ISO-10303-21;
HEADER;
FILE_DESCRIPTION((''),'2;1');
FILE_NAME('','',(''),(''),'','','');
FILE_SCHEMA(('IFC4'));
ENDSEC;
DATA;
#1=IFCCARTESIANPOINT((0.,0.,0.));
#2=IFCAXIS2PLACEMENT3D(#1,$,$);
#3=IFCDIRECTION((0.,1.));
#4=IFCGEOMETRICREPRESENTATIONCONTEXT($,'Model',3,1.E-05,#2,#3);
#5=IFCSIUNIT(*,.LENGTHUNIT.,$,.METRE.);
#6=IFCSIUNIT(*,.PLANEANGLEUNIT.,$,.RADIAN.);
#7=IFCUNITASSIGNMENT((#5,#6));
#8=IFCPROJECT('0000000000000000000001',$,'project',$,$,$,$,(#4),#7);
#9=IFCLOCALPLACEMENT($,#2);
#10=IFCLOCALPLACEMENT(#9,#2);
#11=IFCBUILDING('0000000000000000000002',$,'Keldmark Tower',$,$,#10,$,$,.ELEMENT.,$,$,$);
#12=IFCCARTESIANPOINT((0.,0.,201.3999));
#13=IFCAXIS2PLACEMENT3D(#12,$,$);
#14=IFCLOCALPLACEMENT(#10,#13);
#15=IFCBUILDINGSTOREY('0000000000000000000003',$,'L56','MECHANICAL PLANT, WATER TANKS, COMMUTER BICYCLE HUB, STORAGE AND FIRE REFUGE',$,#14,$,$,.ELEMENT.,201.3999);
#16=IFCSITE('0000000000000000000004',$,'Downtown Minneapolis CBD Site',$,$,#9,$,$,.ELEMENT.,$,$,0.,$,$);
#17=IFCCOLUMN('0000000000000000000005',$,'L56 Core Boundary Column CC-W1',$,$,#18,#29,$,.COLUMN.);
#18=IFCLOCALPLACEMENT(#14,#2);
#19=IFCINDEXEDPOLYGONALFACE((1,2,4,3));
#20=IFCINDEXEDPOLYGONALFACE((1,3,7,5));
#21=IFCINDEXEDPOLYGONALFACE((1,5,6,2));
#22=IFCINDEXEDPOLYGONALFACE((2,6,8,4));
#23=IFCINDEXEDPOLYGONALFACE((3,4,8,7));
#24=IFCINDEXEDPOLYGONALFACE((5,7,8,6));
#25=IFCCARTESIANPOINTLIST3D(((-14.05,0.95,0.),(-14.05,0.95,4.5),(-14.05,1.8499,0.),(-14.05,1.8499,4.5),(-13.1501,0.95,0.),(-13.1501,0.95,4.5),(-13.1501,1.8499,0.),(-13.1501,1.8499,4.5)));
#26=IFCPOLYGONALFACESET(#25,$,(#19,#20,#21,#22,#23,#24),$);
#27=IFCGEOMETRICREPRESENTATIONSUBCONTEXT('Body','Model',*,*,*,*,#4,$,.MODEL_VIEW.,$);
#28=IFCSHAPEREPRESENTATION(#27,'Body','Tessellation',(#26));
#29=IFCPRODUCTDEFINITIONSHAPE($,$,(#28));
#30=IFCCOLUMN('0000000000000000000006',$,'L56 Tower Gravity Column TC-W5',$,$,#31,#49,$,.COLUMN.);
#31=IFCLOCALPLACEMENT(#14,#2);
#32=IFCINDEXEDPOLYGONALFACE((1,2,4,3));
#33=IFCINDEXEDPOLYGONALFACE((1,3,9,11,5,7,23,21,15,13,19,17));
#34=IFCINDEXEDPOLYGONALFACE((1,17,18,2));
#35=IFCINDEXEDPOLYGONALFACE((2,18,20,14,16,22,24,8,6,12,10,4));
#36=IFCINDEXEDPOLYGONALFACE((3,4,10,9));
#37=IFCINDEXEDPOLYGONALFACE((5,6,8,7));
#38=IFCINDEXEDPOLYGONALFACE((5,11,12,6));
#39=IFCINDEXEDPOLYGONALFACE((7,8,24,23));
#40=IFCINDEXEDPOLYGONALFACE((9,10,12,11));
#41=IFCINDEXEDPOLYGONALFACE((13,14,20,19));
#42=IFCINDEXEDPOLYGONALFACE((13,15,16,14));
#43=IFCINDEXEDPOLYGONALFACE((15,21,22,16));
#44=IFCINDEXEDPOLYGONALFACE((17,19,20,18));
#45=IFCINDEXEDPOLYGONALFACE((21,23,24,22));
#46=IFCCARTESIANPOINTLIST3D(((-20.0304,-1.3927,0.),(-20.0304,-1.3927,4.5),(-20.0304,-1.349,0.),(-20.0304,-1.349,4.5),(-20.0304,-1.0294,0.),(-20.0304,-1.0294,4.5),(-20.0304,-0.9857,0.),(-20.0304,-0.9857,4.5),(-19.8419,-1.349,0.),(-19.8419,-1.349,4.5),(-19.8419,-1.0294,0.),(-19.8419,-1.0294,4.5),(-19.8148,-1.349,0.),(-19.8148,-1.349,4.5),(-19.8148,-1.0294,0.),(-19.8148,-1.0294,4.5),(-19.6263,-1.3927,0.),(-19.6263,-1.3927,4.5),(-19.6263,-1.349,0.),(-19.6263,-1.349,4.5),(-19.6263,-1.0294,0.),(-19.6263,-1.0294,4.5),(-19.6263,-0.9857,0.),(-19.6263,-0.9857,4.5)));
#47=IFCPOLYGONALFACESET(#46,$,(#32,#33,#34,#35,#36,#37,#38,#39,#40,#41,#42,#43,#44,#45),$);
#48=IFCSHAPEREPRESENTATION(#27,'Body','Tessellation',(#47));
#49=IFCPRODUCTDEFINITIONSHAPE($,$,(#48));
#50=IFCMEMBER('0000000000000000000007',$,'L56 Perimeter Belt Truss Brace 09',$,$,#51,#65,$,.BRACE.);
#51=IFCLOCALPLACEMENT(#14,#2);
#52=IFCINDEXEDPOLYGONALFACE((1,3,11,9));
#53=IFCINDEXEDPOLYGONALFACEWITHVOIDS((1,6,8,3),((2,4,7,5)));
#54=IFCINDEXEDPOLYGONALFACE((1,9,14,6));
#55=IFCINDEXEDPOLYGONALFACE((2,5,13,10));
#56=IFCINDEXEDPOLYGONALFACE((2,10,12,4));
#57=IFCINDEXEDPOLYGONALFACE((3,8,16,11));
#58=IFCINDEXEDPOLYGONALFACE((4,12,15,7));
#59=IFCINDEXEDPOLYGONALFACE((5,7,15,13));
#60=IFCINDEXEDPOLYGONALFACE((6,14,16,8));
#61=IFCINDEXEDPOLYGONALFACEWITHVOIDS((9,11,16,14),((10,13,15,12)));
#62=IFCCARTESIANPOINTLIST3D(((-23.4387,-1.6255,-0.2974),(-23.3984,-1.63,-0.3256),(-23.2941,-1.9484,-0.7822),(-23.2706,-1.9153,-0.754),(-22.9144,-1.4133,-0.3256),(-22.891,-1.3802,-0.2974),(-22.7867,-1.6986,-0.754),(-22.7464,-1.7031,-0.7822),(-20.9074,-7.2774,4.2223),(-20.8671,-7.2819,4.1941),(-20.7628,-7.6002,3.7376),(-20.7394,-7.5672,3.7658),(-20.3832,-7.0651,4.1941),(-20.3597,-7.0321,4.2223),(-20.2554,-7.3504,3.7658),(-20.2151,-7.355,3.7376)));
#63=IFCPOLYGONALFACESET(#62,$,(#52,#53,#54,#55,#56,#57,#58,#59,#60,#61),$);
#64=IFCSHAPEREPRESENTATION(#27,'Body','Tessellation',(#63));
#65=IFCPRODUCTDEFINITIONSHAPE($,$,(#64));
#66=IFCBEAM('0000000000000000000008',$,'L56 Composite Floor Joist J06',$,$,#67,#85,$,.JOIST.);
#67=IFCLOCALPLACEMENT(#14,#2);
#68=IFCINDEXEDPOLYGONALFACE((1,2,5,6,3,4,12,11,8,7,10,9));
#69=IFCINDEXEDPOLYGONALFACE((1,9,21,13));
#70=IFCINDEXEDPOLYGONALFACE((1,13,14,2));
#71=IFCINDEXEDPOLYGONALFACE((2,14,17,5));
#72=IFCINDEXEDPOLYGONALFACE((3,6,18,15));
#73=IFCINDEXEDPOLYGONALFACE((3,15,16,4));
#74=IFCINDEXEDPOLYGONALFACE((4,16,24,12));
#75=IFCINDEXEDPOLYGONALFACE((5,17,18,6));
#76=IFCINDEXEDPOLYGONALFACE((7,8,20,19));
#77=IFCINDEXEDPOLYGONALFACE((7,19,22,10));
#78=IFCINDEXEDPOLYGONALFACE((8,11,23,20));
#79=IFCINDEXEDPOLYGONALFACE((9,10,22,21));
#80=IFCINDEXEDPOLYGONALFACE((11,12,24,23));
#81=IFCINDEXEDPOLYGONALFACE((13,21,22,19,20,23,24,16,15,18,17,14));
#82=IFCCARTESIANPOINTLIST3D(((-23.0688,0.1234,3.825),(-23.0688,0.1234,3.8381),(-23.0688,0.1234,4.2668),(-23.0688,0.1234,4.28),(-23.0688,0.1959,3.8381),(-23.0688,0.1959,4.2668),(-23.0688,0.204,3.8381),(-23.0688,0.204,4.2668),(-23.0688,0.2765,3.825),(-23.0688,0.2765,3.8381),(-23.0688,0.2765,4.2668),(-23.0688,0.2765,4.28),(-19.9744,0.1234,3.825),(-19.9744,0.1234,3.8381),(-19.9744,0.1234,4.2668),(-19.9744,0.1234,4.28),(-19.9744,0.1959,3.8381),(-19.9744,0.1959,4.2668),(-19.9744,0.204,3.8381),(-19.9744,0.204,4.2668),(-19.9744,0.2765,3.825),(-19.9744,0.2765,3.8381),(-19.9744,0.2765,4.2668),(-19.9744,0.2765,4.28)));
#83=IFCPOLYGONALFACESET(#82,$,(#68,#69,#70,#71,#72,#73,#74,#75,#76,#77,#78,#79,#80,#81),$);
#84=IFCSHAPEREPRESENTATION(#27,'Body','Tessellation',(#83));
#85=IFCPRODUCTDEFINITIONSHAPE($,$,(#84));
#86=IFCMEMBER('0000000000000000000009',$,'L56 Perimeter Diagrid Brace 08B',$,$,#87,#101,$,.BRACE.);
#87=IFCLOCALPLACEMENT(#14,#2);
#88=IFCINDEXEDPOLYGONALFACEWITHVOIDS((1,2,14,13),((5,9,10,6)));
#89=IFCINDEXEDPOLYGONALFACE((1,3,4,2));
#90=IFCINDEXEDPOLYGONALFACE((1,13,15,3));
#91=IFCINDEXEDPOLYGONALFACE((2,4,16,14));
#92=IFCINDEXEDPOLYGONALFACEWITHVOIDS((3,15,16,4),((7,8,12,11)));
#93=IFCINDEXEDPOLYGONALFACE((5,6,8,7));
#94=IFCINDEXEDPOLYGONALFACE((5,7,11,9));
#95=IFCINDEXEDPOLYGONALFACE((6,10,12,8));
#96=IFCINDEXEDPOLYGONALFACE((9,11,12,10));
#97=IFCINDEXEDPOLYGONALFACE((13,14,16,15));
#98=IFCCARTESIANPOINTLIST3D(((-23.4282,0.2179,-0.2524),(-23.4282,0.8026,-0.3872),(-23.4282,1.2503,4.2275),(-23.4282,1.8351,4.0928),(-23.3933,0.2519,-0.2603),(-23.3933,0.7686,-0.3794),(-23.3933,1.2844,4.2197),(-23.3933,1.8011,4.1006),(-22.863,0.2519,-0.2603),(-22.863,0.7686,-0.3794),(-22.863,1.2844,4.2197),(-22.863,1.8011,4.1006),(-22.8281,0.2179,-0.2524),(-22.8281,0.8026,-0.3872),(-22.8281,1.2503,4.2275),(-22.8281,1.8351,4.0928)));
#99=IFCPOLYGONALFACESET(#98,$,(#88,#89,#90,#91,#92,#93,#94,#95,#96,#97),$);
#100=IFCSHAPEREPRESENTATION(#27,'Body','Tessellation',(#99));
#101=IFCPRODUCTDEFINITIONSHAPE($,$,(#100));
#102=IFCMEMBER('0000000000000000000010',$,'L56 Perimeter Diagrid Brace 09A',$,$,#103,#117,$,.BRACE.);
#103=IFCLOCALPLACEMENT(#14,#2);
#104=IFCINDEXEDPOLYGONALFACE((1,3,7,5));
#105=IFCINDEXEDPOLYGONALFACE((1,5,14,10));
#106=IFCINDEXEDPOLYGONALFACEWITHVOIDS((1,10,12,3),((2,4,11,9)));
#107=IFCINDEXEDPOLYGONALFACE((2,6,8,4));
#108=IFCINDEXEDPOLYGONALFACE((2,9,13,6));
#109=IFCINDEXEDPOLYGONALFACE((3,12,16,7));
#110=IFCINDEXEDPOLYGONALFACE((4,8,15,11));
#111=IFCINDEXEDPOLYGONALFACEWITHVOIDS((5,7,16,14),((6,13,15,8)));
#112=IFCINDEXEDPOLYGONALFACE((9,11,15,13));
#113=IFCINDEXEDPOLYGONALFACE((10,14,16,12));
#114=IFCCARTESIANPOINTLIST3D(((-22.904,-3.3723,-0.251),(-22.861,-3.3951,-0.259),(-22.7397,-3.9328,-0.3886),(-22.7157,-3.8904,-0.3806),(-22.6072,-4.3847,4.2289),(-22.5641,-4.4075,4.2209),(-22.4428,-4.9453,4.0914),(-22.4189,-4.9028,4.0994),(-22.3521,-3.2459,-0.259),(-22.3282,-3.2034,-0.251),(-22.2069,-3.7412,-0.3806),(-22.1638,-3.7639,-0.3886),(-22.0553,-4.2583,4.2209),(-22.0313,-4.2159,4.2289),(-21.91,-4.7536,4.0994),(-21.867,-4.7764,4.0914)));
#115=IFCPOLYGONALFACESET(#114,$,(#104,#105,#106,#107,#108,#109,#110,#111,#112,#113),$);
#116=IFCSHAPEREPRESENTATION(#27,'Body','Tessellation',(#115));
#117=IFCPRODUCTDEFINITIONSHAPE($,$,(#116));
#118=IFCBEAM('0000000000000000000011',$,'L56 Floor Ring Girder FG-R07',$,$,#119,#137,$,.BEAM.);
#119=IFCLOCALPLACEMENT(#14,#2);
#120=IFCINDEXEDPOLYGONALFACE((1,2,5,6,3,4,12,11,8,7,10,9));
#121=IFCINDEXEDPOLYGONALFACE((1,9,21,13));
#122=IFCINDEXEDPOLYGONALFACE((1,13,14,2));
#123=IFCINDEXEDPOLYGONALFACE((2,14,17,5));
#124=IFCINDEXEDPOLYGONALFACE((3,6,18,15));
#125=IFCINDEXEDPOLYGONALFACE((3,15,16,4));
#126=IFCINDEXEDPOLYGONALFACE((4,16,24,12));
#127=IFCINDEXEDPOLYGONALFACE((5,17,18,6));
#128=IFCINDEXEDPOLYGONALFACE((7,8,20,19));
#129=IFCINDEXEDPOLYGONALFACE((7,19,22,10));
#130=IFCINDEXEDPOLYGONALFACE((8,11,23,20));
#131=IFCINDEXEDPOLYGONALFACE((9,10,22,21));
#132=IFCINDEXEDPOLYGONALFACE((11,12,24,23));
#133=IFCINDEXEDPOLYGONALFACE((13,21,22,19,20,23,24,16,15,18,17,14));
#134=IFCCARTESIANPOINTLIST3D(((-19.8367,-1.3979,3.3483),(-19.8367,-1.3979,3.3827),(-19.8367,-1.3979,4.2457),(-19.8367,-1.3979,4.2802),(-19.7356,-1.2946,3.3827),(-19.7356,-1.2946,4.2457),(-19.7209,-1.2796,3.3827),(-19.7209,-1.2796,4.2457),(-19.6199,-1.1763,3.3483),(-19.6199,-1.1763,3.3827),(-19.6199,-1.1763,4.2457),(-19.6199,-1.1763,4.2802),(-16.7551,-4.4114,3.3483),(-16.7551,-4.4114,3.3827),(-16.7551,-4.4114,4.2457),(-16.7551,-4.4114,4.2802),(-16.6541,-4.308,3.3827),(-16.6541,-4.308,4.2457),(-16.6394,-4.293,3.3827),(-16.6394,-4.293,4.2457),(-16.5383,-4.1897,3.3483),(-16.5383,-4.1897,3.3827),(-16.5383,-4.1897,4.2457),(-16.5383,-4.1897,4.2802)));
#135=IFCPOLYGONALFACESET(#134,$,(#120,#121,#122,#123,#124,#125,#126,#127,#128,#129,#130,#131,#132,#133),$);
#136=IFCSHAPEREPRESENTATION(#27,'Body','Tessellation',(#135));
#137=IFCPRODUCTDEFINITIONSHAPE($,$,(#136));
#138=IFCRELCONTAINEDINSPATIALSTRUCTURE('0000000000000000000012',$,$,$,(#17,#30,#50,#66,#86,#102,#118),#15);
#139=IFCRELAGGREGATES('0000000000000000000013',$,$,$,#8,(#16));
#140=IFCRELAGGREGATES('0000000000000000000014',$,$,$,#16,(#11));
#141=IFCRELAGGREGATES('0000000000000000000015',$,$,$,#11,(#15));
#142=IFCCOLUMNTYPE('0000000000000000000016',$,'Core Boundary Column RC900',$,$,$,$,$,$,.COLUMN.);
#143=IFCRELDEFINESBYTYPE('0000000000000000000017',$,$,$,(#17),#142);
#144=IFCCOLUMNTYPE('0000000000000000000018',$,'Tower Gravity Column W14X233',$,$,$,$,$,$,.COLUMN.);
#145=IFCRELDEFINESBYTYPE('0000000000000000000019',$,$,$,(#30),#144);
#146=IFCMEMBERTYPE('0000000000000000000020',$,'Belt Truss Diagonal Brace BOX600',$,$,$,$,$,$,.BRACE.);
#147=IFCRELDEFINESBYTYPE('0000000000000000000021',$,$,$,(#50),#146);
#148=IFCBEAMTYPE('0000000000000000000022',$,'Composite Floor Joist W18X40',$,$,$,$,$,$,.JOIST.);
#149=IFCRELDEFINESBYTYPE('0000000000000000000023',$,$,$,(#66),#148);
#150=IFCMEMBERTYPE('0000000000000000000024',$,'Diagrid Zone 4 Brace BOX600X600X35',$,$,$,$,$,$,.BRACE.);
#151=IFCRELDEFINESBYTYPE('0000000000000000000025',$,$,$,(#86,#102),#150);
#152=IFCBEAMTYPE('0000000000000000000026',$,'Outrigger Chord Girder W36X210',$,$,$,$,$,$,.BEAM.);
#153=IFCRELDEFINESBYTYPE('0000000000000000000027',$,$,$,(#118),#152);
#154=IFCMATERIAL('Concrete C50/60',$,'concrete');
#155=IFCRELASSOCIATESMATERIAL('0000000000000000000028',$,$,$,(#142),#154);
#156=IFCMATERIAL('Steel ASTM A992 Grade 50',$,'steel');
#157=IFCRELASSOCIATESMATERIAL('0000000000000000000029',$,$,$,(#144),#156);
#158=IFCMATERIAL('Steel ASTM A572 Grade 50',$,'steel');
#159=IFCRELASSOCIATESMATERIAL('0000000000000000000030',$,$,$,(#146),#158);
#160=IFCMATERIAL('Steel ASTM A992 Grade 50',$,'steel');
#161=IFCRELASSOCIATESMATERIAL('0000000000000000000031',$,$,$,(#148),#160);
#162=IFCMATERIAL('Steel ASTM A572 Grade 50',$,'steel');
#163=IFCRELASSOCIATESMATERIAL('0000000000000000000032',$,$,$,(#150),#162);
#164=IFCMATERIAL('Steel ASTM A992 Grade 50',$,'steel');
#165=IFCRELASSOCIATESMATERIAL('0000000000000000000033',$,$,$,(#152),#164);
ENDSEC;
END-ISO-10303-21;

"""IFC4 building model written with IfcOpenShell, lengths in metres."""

from ifc_helpers import new_model, si_unit, direction, frame, origin, origin_2d, place, context, subcontext, project, spatial, rectangle, hollow_rectangle, i_section, extrude, material, material_profile, profile_set, type_object, element, save


model = new_model("IFC4")

# Units and contexts
model_context = context("Model", 3, precision=1e-05, world=origin(), true_north=direction((0.0, 1.0)))
body_context = subcontext(model_context, "Body", "Model", "MODEL_VIEW")
ifc_project = project(units=[si_unit("LENGTHUNIT", "METRE"), si_unit("PLANEANGLEUNIT", "RADIAN")], contexts=[model_context])

# Site, building, storey
site_placement = place(None, origin())
site = spatial("IfcSite", under=ifc_project, at=site_placement, Name="Downtown Minneapolis CBD Site", CompositionType="ELEMENT", RefElevation=0.0)
building_placement = place(site_placement, origin())
building = spatial("IfcBuilding", under=site, at=building_placement, Name="Keldmark Tower", CompositionType="ELEMENT")
storey_placement = place(building_placement, frame((0.0, 0.0, 201.3999)))
storey = spatial("IfcBuildingStorey", under=building, at=storey_placement, Name="L56", Description="MECHANICAL PLANT, WATER TANKS, COMMUTER BICYCLE HUB, STORAGE AND FIRE REFUGE", CompositionType="ELEMENT", Elevation=201.3999)

# Columns
ifc_material_1 = material(Name="Concrete C50/60", Category="concrete")
ifc_material_profile_1 = material_profile(ifc_material_1, rectangle(XDim=0.8999, YDim=0.8999, at=origin_2d()), Name="RC900X900")
ifc_profile_set_1 = profile_set([ifc_material_profile_1], Name="Concrete C50/60")
column_type_1 = type_object("IfcColumnType", Name="Core Boundary Column RC900", PredefinedType="COLUMN", material=ifc_profile_set_1)
column_1_placement = place(storey_placement, frame((-13.6001, 1.3999, 0.0), z_axis=(0.0, 0.0, 1.0), x_axis=(1.0, 0.0, 0.0)))
element("IfcColumn", 1, at=column_1_placement, inside=storey, type_object=column_type_1, Name="L56 Core Boundary Column CC-W1", PredefinedType="COLUMN", context=body_context, shape_type="SweptSolid", body=[
    extrude(rectangle(XDim=0.8999, YDim=0.8999, at=origin_2d()), origin(), (0.0, 0.0, 1.0), 4.5),
])
ifc_material_2 = material(Name="Steel ASTM A992 Grade 50", Category="steel")
ifc_material_profile_2 = material_profile(ifc_material_2, i_section(OverallWidth=0.4041, OverallDepth=0.407, WebThickness=0.0271, FlangeThickness=0.0437, at=origin_2d()), Name="W14X233")
ifc_profile_set_2 = profile_set([ifc_material_profile_2], Name="Steel ASTM A992 Grade 50")
column_type_2 = type_object("IfcColumnType", Name="Tower Gravity Column W14X233", PredefinedType="COLUMN", material=ifc_profile_set_2)
column_2_placement = place(storey_placement, frame((-19.8284, -1.1892, 0.0), z_axis=(0.0, 0.0, 1.0), x_axis=(1.0, 0.0, 0.0)))
element("IfcColumn", 2, at=column_2_placement, inside=storey, type_object=column_type_2, Name="L56 Tower Gravity Column TC-W5", PredefinedType="COLUMN", context=body_context, shape_type="SweptSolid", body=[
    extrude(i_section(OverallWidth=0.4041, OverallDepth=0.407, WebThickness=0.0271, FlangeThickness=0.0437, at=origin_2d()), origin(), (0.0, 0.0, 1.0), 4.5),
])

# Member
ifc_material_3 = material(Name="Steel ASTM A572 Grade 50", Category="steel")
ifc_material_profile_3 = material_profile(ifc_material_3, hollow_rectangle(XDim=0.6001, YDim=0.6001, WallThickness=0.0349, at=origin_2d()), Name="BOX600X600X35")
ifc_profile_set_3 = profile_set([ifc_material_profile_3], Name="Steel ASTM A572 Grade 50")
member_type_1 = type_object("IfcMemberType", Name="Belt Truss Diagonal Brace BOX600", PredefinedType="BRACE", material=ifc_profile_set_3)
member_1_placement = place(storey_placement, frame((-23.0925, -1.6643, -0.5398), z_axis=(0.330159, -0.73719, 0.589529), x_axis=(0.91265, 0.408741, 0.0)))
element("IfcMember", 3, at=member_1_placement, inside=storey, type_object=member_type_1, Name="L56 Perimeter Belt Truss Brace 09", PredefinedType="BRACE", context=body_context, shape_type="SweptSolid", body=[
    extrude(hollow_rectangle(XDim=0.6001, YDim=0.6001, WallThickness=0.0349, at=origin_2d()), origin(), (0.0, 0.0, 1.0), 7.6667),
])

# Beam
ifc_material_4 = material(Name="Steel ASTM A992 Grade 50", Category="steel")
ifc_material_profile_4 = material_profile(ifc_material_4, i_section(OverallWidth=0.1531, OverallDepth=0.4551, WebThickness=0.0081, FlangeThickness=0.0132, at=origin_2d()), Name="W18X40")
ifc_profile_set_4 = profile_set([ifc_material_profile_4], Name="Steel ASTM A992 Grade 50")
beam_type_1 = type_object("IfcBeamType", Name="Composite Floor Joist W18X40", PredefinedType="JOIST", material=ifc_profile_set_4)
beam_1_placement = place(storey_placement, frame((-23.0688, 0.2, 4.0525), z_axis=(1.0, 0.0, 0.0), x_axis=(0.0, 1.0, 0.0)))
element("IfcBeam", 4, at=beam_1_placement, inside=storey, type_object=beam_type_1, Name="L56 Composite Floor Joist J06", PredefinedType="JOIST", context=body_context, shape_type="SweptSolid", body=[
    extrude(i_section(OverallWidth=0.1531, OverallDepth=0.4551, WebThickness=0.0081, FlangeThickness=0.0132, at=origin_2d()), origin(), (0.0, 0.0, 1.0), 3.0945),
])

# Members
ifc_material_5 = material(Name="Steel ASTM A572 Grade 50", Category="steel")
ifc_material_profile_5 = material_profile(ifc_material_5, hollow_rectangle(XDim=0.6001, YDim=0.6001, WallThickness=0.0349, at=origin_2d()), Name="BOX600X600X35")
ifc_profile_set_5 = profile_set([ifc_material_profile_5], Name="Steel ASTM A572 Grade 50")
member_type_2 = type_object("IfcMemberType", Name="Diagrid Zone 4 Brace BOX600X600X35", PredefinedType="BRACE", material=ifc_profile_set_5)
member_2_placement = place(storey_placement, frame((-23.1282, 0.5103, -0.3198), z_axis=(0.0, 0.224576, 0.974456), x_axis=(-1.0, 0.0, 0.0)))
element("IfcMember", 5, at=member_2_placement, inside=storey, type_object=member_type_2, Name="L56 Perimeter Diagrid Brace 08B", PredefinedType="BRACE", context=body_context, shape_type="SweptSolid", body=[
    extrude(hollow_rectangle(XDim=0.6001, YDim=0.6001, WallThickness=0.0349, at=origin_2d()), origin(), (0.0, 0.0, 1.0), 4.5974),
])
member_3_placement = place(storey_placement, frame((-22.5339, -3.5681, -0.3198), z_axis=(0.064502, -0.219976, 0.97337), x_axis=(0.959597, 0.281377, 0.0)))
element("IfcMember", 6, at=member_3_placement, inside=storey, type_object=member_type_2, Name="L56 Perimeter Diagrid Brace 09A", PredefinedType="BRACE", context=body_context, shape_type="SweptSolid", body=[
    extrude(hollow_rectangle(XDim=0.6001, YDim=0.6001, WallThickness=0.0349, at=origin_2d()), origin(), (0.0, 0.0, 1.0), 4.6025),
])

# Beam
ifc_material_6 = material(Name="Steel ASTM A992 Grade 50", Category="steel")
ifc_material_profile_6 = material_profile(ifc_material_6, i_section(OverallWidth=0.3101, OverallDepth=0.9319, WebThickness=0.021, FlangeThickness=0.0344, at=origin_2d()), Name="W36X210")
ifc_profile_set_6 = profile_set([ifc_material_profile_6], Name="Steel ASTM A992 Grade 50")
beam_type_2 = type_object("IfcBeamType", Name="Outrigger Chord Girder W36X210", PredefinedType="BEAM", material=ifc_profile_set_6)
beam_2_placement = place(storey_placement, frame((-19.7283, -1.2871, 3.8142), z_axis=(0.714965, -0.699161, 0.0), x_axis=(0.699161, 0.714965, 0.0)))
element("IfcBeam", 7, at=beam_2_placement, inside=storey, type_object=beam_type_2, Name="L56 Floor Ring Girder FG-R07", PredefinedType="BEAM", context=body_context, shape_type="SweptSolid", body=[
    extrude(i_section(OverallWidth=0.3101, OverallDepth=0.9319, WebThickness=0.021, FlangeThickness=0.0344, at=origin_2d()), origin(), (0.0, 0.0, 1.0), 4.3101),
])

save(model, "model.ifc")
